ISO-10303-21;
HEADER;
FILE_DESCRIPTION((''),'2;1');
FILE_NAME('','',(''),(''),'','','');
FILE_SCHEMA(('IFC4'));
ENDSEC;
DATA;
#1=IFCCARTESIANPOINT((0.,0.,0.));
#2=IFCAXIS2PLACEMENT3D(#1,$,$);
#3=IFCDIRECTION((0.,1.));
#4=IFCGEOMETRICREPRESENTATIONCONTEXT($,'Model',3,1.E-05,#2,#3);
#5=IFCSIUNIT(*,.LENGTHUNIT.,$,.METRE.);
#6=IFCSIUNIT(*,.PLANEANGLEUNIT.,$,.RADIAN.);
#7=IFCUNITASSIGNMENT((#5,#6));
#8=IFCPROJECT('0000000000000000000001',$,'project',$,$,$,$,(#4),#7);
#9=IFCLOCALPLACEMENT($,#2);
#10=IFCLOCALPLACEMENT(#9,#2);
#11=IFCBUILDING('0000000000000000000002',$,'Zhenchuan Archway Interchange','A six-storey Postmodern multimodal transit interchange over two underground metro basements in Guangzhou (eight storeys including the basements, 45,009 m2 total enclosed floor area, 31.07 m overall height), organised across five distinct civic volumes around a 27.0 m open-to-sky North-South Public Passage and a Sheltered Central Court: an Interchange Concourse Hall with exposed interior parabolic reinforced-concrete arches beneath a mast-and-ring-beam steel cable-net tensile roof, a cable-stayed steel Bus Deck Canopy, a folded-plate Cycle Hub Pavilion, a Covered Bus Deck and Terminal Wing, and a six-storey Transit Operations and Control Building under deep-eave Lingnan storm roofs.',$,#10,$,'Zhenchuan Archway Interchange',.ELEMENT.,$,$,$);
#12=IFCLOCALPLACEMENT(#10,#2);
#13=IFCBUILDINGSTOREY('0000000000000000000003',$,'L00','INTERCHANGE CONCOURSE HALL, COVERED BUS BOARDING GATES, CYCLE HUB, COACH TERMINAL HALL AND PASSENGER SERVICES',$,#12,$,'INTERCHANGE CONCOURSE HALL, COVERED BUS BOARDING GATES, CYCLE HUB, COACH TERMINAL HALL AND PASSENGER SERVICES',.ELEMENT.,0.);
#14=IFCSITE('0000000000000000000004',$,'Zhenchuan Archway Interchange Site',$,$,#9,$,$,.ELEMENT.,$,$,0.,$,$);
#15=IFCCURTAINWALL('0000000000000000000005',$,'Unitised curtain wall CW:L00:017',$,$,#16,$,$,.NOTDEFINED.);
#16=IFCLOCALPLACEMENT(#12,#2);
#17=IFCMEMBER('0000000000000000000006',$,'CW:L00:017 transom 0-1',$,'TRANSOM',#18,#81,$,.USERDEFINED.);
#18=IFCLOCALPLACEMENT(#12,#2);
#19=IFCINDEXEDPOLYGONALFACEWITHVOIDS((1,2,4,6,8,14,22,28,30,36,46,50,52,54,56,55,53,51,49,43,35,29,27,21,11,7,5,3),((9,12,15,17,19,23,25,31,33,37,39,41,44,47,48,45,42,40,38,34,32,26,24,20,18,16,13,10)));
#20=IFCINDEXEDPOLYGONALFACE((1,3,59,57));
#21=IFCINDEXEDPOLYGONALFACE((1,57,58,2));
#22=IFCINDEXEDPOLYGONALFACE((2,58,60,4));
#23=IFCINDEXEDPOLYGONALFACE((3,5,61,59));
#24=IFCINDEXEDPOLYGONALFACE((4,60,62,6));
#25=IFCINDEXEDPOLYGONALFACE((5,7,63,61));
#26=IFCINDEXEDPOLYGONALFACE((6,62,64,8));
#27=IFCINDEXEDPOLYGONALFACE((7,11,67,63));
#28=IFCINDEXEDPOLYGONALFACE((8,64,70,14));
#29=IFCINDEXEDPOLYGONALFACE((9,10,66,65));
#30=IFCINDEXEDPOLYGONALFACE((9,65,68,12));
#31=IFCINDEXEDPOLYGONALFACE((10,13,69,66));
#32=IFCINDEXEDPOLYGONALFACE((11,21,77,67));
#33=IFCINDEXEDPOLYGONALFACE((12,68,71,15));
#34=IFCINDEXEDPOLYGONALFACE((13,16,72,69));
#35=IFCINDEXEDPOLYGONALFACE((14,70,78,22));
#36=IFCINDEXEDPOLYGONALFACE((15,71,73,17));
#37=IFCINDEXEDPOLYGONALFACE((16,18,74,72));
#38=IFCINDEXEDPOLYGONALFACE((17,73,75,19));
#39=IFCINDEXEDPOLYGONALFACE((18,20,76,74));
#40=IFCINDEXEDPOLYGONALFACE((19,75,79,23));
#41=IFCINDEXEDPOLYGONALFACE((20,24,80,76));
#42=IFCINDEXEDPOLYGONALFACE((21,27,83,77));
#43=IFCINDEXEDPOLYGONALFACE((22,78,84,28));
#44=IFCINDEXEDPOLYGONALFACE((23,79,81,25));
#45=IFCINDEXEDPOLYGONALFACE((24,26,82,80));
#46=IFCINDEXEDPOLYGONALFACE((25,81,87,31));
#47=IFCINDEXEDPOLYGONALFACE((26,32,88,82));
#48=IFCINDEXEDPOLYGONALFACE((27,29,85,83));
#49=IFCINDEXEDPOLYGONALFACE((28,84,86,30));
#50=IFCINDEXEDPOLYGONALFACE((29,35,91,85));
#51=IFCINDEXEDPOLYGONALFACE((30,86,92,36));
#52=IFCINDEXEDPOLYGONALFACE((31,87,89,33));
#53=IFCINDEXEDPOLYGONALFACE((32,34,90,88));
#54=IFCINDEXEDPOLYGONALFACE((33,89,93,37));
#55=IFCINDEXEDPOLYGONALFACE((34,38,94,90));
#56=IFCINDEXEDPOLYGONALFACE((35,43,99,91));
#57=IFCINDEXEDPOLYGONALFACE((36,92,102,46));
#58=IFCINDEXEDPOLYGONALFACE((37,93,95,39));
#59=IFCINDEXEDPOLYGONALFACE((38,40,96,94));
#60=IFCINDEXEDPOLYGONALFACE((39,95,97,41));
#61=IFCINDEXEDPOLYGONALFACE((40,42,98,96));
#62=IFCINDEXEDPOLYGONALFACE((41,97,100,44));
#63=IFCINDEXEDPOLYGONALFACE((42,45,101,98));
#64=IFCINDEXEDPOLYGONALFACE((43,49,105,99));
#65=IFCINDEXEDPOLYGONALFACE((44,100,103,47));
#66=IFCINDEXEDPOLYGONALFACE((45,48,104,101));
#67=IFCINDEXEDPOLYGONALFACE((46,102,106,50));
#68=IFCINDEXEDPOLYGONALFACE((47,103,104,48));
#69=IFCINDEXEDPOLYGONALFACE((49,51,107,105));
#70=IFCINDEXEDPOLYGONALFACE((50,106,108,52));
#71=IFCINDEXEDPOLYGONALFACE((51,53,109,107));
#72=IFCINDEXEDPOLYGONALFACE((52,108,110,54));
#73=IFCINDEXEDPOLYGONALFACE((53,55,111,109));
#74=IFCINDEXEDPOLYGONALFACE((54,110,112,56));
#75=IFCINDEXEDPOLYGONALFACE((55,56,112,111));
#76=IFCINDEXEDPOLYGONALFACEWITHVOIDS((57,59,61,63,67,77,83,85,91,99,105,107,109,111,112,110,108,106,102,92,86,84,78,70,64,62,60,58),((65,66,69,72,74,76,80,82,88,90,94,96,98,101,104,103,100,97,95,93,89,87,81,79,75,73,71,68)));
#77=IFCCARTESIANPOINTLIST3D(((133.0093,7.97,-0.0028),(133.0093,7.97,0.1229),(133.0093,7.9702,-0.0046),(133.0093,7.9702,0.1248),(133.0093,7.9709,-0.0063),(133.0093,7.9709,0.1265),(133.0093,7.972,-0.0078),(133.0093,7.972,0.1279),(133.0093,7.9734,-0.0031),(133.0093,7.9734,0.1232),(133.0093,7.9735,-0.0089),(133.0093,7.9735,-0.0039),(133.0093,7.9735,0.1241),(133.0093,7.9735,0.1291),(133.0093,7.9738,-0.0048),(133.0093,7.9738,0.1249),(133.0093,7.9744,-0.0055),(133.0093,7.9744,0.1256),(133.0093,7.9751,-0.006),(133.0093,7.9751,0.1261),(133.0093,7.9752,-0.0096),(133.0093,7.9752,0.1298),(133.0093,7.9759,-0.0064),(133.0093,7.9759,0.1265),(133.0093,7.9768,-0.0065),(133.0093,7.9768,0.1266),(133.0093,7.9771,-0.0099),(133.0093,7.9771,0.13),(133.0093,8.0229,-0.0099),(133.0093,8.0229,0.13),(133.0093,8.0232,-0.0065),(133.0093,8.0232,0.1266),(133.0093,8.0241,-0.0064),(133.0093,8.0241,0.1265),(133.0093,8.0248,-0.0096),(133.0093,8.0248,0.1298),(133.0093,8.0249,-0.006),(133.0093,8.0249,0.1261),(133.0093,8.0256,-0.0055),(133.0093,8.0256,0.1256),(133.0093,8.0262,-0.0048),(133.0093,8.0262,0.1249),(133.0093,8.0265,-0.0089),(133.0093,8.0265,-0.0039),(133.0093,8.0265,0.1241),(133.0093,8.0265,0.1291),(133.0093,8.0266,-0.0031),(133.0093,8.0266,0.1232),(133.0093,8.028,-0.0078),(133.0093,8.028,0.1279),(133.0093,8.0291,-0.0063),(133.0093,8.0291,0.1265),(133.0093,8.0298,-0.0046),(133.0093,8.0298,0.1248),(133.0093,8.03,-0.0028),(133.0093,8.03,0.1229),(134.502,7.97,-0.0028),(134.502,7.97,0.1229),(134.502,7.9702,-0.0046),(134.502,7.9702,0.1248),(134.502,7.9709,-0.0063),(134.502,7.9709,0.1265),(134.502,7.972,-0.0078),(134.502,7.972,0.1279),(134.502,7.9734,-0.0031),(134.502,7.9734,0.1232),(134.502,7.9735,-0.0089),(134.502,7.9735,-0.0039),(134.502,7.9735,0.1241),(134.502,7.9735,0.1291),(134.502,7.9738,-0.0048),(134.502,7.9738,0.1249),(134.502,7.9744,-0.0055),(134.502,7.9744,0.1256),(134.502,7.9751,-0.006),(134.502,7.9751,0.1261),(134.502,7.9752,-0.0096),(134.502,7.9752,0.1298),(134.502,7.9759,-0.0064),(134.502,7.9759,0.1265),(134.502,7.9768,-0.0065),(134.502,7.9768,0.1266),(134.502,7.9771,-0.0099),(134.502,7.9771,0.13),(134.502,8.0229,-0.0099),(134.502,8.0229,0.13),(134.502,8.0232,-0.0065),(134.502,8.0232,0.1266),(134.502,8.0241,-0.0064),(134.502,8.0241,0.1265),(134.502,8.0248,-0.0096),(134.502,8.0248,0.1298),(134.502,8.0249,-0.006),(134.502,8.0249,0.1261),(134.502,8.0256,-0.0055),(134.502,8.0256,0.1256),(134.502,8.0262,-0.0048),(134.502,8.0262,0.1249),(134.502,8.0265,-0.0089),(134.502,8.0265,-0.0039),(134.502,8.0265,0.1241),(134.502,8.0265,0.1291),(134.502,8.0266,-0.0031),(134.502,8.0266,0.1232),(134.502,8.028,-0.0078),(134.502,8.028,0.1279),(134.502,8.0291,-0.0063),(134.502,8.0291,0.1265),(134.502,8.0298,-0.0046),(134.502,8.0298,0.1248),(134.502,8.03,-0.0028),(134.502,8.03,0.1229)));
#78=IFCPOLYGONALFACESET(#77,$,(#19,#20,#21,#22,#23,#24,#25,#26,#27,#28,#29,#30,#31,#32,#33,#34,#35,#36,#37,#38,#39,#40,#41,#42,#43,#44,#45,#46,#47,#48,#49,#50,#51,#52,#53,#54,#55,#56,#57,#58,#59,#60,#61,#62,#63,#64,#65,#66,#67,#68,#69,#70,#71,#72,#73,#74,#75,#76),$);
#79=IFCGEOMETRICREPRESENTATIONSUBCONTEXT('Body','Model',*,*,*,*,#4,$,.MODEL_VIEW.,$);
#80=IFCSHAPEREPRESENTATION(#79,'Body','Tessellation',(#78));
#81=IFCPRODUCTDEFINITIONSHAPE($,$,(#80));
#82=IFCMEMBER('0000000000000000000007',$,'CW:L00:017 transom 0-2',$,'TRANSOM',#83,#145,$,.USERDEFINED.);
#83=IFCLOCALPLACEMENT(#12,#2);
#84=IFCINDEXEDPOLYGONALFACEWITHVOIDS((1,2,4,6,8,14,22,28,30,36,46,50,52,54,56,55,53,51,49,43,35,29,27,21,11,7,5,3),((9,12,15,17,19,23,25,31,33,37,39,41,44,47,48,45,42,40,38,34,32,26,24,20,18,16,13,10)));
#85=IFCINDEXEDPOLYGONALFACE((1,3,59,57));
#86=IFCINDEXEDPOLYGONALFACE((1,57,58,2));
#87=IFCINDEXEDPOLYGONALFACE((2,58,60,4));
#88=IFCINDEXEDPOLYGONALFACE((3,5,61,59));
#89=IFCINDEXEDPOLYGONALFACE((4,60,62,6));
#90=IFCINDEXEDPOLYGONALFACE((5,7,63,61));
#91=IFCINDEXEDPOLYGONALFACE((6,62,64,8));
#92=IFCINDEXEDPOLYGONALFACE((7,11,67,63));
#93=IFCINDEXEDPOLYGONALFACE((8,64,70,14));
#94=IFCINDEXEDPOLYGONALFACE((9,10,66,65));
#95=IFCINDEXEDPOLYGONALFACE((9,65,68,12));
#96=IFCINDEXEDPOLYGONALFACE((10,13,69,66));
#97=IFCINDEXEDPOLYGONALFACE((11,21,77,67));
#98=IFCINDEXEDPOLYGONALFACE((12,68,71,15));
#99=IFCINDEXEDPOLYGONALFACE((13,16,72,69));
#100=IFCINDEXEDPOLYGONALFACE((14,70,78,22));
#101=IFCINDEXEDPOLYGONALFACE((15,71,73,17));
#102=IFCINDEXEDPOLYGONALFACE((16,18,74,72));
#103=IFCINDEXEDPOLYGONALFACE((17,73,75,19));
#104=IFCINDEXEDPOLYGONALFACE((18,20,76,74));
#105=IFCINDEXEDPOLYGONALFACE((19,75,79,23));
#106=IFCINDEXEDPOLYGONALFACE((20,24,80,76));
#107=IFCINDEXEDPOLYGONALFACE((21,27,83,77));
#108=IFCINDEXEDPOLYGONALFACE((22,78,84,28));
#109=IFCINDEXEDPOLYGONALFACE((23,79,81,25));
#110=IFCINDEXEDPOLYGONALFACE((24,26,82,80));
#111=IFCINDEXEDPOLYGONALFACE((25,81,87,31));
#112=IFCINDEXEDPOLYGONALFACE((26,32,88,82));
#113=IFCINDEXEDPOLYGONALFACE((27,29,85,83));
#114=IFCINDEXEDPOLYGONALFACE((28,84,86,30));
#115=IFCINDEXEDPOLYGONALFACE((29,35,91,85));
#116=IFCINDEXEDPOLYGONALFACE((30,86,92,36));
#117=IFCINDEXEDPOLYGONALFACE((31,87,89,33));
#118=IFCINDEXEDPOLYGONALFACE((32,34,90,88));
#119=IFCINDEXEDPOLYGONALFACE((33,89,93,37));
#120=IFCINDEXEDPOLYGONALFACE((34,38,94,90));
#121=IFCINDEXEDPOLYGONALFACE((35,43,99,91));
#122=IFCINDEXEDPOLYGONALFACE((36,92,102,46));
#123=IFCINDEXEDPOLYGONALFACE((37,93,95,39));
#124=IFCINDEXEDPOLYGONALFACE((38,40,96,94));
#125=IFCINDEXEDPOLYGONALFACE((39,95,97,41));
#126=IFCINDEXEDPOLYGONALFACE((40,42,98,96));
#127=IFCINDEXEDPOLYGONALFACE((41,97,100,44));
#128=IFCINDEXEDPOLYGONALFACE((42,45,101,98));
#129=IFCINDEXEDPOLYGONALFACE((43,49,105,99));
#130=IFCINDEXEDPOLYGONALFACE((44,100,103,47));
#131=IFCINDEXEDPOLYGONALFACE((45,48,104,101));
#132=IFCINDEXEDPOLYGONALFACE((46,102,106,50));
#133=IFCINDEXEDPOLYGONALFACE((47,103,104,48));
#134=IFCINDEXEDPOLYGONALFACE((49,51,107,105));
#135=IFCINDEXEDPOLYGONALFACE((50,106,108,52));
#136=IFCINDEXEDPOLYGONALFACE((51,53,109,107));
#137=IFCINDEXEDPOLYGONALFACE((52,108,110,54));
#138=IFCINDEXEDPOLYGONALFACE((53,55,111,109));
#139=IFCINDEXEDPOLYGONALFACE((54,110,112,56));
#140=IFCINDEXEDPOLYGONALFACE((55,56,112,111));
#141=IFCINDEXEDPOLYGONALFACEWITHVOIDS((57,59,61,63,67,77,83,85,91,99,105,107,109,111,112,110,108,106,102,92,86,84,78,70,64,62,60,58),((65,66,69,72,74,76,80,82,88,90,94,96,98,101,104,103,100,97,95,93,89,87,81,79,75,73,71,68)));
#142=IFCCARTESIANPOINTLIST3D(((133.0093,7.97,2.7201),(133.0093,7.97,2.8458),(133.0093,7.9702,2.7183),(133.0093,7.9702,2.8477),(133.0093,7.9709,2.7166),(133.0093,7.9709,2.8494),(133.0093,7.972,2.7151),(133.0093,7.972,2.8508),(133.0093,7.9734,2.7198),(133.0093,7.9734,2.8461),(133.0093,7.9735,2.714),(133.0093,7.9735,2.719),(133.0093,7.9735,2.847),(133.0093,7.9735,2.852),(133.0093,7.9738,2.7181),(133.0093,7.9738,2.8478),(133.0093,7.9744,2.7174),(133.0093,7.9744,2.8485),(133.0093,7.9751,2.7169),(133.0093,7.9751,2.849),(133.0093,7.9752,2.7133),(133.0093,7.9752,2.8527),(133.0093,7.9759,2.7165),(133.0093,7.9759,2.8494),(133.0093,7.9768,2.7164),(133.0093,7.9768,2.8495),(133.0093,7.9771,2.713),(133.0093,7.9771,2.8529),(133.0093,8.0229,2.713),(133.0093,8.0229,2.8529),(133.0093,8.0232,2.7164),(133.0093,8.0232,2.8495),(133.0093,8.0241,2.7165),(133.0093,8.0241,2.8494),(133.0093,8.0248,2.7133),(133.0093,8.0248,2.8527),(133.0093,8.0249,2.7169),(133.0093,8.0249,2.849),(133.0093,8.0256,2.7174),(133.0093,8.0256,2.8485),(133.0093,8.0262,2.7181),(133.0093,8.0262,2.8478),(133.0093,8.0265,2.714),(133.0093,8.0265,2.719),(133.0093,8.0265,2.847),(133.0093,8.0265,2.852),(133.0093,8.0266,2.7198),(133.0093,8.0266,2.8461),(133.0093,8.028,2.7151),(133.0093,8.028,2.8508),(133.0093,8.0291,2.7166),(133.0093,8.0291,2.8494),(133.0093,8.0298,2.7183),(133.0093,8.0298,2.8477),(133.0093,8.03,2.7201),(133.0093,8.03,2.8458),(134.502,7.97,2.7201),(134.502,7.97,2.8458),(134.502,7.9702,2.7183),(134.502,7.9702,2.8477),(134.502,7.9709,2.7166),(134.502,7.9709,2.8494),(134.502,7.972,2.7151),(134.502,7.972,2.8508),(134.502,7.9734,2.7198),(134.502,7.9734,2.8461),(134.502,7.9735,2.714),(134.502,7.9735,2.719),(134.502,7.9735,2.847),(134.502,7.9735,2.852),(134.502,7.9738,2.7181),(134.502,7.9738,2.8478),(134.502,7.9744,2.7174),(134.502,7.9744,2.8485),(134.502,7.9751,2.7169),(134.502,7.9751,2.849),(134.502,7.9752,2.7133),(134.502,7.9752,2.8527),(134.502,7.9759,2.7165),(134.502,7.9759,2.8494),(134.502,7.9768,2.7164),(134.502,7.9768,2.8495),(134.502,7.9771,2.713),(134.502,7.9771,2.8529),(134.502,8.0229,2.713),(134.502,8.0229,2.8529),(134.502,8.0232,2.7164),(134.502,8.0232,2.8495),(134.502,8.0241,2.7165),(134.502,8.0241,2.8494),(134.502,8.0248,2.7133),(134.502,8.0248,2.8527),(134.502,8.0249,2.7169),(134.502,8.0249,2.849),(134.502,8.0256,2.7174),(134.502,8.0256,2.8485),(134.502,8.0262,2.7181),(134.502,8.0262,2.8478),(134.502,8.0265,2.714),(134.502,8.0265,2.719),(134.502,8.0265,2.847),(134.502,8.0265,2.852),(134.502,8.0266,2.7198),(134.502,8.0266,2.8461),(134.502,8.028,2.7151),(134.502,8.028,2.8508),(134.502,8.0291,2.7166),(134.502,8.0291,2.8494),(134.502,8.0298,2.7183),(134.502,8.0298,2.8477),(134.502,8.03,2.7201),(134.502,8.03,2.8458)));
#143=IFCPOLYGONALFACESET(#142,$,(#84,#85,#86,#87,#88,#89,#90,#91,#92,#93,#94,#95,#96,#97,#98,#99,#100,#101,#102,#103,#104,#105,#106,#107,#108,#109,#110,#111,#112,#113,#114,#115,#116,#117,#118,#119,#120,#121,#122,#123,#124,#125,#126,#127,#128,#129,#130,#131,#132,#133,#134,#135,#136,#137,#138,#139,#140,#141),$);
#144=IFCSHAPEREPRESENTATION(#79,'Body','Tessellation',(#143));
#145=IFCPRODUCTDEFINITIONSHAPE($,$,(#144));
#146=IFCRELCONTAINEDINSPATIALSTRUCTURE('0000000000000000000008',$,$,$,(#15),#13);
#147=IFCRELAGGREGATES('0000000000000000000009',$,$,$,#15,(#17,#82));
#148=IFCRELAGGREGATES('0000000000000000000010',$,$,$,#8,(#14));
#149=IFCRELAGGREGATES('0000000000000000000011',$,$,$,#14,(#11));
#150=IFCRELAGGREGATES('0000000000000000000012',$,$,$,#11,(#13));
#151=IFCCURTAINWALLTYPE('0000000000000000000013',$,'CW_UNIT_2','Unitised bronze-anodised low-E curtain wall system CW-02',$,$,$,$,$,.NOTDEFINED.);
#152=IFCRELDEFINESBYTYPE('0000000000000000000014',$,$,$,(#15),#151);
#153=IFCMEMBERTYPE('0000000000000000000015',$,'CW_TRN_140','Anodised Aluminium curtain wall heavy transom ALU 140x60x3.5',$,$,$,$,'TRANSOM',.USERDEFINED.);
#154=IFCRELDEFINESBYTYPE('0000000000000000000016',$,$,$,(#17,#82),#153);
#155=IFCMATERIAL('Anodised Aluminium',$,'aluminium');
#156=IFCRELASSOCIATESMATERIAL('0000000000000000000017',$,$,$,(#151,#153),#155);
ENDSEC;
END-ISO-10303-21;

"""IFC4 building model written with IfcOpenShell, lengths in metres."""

from ifc_helpers import new_model, si_unit, direction, frame, origin, origin_2d, place, context, subcontext, project, spatial, hollow_rectangle, extrude, material, material_profile, profile_set, type_object, element, aggregate, save


model = new_model("IFC4")

# Units and contexts
model_context = context("Model", 3, precision=1e-05, world=origin(), true_north=direction((0.0, 1.0)))
body_context = subcontext(model_context, "Body", "Model", "MODEL_VIEW")
ifc_project = project(units=[si_unit("LENGTHUNIT", "METRE"), si_unit("PLANEANGLEUNIT", "RADIAN")], contexts=[model_context])

# Site, building, storey
site_placement = place(None, origin())
site = spatial("IfcSite", under=ifc_project, at=site_placement, Name="Zhenchuan Archway Interchange Site", CompositionType="ELEMENT", RefElevation=0.0)
building_placement = place(site_placement, origin())
building = spatial("IfcBuilding", under=site, at=building_placement, Name="Zhenchuan Archway Interchange", Description="A six-storey Postmodern multimodal transit interchange over two underground metro basements in Guangzhou (eight storeys including the basements, 45,009 m2 total enclosed floor area, 31.07 m overall height), organised across five distinct civic volumes around a 27.0 m open-to-sky North-South Public Passage and a Sheltered Central Court: an Interchange Concourse Hall with exposed interior parabolic reinforced-concrete arches beneath a mast-and-ring-beam steel cable-net tensile roof, a cable-stayed steel Bus Deck Canopy, a folded-plate Cycle Hub Pavilion, a Covered Bus Deck and Terminal Wing, and a six-storey Transit Operations and Control Building under deep-eave Lingnan storm roofs.", LongName="Zhenchuan Archway Interchange", CompositionType="ELEMENT")
storey_placement = place(building_placement, origin())
storey = spatial("IfcBuildingStorey", under=building, at=storey_placement, Name="L00", Description="INTERCHANGE CONCOURSE HALL, COVERED BUS BOARDING GATES, CYCLE HUB, COACH TERMINAL HALL AND PASSENGER SERVICES", LongName="INTERCHANGE CONCOURSE HALL, COVERED BUS BOARDING GATES, CYCLE HUB, COACH TERMINAL HALL AND PASSENGER SERVICES", CompositionType="ELEMENT", Elevation=0.0)

# Curtain wall, members
ifc_material_1 = material(Name="Anodised Aluminium", Category="aluminium")
curtain_wall_type = type_object("IfcCurtainWallType", Name="CW_UNIT_2", Description="Unitised bronze-anodised low-E curtain wall system CW-02", PredefinedType="NOTDEFINED", material=ifc_material_1)
curtain_wall_placement = place(storey_placement, origin())
curtain_wall = element("IfcCurtainWall", 1, at=curtain_wall_placement, inside=storey, type_object=curtain_wall_type, Name="Unitised curtain wall CW:L00:017", PredefinedType="NOTDEFINED")
ifc_material_profile_1 = material_profile(ifc_material_1, hollow_rectangle(XDim=0.0601, YDim=0.1399, WallThickness=0.0034, InnerFilletRadius=0.0034, OuterFilletRadius=0.0071, at=origin_2d()), Name="ALU 140x60x3.5")
ifc_profile_set_1 = profile_set([ifc_material_profile_1], Name="Anodised Aluminium")
member_type_1 = type_object("IfcMemberType", Name="CW_TRN_140", Description="Anodised Aluminium curtain wall heavy transom ALU 140x60x3.5", ElementType="TRANSOM", PredefinedType="USERDEFINED", material=ifc_profile_set_1)
member_1_placement = place(storey_placement, frame((134.502, 8.0, 0.0601), z_axis=(-1.0, 0.0, 0.0), x_axis=(0.0, -1.0, 0.0)))
member_1 = element("IfcMember", 2, at=member_1_placement, type_object=member_type_1, Name="CW:L00:017 transom 0-1", ObjectType="TRANSOM", PredefinedType="USERDEFINED", context=body_context, shape_type="SweptSolid", body=[
    extrude(hollow_rectangle(XDim=0.0601, YDim=0.1399, WallThickness=0.0034, InnerFilletRadius=0.0034, OuterFilletRadius=0.0071, at=origin_2d()), origin(), (0.0, 0.0, 1.0), 1.4927),
])
member_2_placement = place(storey_placement, frame((134.502, 8.0, 2.783), z_axis=(-1.0, 0.0, 0.0), x_axis=(0.0, -1.0, 0.0)))
member_2 = element("IfcMember", 3, at=member_2_placement, type_object=member_type_1, Name="CW:L00:017 transom 0-2", ObjectType="TRANSOM", PredefinedType="USERDEFINED", context=body_context, shape_type="SweptSolid", body=[
    extrude(hollow_rectangle(XDim=0.0601, YDim=0.1399, WallThickness=0.0034, InnerFilletRadius=0.0034, OuterFilletRadius=0.0071, at=origin_2d()), origin(), (0.0, 0.0, 1.0), 1.4927),
])

aggregate(curtain_wall, [member_1, member_2])

save(model, "model.ifc")
